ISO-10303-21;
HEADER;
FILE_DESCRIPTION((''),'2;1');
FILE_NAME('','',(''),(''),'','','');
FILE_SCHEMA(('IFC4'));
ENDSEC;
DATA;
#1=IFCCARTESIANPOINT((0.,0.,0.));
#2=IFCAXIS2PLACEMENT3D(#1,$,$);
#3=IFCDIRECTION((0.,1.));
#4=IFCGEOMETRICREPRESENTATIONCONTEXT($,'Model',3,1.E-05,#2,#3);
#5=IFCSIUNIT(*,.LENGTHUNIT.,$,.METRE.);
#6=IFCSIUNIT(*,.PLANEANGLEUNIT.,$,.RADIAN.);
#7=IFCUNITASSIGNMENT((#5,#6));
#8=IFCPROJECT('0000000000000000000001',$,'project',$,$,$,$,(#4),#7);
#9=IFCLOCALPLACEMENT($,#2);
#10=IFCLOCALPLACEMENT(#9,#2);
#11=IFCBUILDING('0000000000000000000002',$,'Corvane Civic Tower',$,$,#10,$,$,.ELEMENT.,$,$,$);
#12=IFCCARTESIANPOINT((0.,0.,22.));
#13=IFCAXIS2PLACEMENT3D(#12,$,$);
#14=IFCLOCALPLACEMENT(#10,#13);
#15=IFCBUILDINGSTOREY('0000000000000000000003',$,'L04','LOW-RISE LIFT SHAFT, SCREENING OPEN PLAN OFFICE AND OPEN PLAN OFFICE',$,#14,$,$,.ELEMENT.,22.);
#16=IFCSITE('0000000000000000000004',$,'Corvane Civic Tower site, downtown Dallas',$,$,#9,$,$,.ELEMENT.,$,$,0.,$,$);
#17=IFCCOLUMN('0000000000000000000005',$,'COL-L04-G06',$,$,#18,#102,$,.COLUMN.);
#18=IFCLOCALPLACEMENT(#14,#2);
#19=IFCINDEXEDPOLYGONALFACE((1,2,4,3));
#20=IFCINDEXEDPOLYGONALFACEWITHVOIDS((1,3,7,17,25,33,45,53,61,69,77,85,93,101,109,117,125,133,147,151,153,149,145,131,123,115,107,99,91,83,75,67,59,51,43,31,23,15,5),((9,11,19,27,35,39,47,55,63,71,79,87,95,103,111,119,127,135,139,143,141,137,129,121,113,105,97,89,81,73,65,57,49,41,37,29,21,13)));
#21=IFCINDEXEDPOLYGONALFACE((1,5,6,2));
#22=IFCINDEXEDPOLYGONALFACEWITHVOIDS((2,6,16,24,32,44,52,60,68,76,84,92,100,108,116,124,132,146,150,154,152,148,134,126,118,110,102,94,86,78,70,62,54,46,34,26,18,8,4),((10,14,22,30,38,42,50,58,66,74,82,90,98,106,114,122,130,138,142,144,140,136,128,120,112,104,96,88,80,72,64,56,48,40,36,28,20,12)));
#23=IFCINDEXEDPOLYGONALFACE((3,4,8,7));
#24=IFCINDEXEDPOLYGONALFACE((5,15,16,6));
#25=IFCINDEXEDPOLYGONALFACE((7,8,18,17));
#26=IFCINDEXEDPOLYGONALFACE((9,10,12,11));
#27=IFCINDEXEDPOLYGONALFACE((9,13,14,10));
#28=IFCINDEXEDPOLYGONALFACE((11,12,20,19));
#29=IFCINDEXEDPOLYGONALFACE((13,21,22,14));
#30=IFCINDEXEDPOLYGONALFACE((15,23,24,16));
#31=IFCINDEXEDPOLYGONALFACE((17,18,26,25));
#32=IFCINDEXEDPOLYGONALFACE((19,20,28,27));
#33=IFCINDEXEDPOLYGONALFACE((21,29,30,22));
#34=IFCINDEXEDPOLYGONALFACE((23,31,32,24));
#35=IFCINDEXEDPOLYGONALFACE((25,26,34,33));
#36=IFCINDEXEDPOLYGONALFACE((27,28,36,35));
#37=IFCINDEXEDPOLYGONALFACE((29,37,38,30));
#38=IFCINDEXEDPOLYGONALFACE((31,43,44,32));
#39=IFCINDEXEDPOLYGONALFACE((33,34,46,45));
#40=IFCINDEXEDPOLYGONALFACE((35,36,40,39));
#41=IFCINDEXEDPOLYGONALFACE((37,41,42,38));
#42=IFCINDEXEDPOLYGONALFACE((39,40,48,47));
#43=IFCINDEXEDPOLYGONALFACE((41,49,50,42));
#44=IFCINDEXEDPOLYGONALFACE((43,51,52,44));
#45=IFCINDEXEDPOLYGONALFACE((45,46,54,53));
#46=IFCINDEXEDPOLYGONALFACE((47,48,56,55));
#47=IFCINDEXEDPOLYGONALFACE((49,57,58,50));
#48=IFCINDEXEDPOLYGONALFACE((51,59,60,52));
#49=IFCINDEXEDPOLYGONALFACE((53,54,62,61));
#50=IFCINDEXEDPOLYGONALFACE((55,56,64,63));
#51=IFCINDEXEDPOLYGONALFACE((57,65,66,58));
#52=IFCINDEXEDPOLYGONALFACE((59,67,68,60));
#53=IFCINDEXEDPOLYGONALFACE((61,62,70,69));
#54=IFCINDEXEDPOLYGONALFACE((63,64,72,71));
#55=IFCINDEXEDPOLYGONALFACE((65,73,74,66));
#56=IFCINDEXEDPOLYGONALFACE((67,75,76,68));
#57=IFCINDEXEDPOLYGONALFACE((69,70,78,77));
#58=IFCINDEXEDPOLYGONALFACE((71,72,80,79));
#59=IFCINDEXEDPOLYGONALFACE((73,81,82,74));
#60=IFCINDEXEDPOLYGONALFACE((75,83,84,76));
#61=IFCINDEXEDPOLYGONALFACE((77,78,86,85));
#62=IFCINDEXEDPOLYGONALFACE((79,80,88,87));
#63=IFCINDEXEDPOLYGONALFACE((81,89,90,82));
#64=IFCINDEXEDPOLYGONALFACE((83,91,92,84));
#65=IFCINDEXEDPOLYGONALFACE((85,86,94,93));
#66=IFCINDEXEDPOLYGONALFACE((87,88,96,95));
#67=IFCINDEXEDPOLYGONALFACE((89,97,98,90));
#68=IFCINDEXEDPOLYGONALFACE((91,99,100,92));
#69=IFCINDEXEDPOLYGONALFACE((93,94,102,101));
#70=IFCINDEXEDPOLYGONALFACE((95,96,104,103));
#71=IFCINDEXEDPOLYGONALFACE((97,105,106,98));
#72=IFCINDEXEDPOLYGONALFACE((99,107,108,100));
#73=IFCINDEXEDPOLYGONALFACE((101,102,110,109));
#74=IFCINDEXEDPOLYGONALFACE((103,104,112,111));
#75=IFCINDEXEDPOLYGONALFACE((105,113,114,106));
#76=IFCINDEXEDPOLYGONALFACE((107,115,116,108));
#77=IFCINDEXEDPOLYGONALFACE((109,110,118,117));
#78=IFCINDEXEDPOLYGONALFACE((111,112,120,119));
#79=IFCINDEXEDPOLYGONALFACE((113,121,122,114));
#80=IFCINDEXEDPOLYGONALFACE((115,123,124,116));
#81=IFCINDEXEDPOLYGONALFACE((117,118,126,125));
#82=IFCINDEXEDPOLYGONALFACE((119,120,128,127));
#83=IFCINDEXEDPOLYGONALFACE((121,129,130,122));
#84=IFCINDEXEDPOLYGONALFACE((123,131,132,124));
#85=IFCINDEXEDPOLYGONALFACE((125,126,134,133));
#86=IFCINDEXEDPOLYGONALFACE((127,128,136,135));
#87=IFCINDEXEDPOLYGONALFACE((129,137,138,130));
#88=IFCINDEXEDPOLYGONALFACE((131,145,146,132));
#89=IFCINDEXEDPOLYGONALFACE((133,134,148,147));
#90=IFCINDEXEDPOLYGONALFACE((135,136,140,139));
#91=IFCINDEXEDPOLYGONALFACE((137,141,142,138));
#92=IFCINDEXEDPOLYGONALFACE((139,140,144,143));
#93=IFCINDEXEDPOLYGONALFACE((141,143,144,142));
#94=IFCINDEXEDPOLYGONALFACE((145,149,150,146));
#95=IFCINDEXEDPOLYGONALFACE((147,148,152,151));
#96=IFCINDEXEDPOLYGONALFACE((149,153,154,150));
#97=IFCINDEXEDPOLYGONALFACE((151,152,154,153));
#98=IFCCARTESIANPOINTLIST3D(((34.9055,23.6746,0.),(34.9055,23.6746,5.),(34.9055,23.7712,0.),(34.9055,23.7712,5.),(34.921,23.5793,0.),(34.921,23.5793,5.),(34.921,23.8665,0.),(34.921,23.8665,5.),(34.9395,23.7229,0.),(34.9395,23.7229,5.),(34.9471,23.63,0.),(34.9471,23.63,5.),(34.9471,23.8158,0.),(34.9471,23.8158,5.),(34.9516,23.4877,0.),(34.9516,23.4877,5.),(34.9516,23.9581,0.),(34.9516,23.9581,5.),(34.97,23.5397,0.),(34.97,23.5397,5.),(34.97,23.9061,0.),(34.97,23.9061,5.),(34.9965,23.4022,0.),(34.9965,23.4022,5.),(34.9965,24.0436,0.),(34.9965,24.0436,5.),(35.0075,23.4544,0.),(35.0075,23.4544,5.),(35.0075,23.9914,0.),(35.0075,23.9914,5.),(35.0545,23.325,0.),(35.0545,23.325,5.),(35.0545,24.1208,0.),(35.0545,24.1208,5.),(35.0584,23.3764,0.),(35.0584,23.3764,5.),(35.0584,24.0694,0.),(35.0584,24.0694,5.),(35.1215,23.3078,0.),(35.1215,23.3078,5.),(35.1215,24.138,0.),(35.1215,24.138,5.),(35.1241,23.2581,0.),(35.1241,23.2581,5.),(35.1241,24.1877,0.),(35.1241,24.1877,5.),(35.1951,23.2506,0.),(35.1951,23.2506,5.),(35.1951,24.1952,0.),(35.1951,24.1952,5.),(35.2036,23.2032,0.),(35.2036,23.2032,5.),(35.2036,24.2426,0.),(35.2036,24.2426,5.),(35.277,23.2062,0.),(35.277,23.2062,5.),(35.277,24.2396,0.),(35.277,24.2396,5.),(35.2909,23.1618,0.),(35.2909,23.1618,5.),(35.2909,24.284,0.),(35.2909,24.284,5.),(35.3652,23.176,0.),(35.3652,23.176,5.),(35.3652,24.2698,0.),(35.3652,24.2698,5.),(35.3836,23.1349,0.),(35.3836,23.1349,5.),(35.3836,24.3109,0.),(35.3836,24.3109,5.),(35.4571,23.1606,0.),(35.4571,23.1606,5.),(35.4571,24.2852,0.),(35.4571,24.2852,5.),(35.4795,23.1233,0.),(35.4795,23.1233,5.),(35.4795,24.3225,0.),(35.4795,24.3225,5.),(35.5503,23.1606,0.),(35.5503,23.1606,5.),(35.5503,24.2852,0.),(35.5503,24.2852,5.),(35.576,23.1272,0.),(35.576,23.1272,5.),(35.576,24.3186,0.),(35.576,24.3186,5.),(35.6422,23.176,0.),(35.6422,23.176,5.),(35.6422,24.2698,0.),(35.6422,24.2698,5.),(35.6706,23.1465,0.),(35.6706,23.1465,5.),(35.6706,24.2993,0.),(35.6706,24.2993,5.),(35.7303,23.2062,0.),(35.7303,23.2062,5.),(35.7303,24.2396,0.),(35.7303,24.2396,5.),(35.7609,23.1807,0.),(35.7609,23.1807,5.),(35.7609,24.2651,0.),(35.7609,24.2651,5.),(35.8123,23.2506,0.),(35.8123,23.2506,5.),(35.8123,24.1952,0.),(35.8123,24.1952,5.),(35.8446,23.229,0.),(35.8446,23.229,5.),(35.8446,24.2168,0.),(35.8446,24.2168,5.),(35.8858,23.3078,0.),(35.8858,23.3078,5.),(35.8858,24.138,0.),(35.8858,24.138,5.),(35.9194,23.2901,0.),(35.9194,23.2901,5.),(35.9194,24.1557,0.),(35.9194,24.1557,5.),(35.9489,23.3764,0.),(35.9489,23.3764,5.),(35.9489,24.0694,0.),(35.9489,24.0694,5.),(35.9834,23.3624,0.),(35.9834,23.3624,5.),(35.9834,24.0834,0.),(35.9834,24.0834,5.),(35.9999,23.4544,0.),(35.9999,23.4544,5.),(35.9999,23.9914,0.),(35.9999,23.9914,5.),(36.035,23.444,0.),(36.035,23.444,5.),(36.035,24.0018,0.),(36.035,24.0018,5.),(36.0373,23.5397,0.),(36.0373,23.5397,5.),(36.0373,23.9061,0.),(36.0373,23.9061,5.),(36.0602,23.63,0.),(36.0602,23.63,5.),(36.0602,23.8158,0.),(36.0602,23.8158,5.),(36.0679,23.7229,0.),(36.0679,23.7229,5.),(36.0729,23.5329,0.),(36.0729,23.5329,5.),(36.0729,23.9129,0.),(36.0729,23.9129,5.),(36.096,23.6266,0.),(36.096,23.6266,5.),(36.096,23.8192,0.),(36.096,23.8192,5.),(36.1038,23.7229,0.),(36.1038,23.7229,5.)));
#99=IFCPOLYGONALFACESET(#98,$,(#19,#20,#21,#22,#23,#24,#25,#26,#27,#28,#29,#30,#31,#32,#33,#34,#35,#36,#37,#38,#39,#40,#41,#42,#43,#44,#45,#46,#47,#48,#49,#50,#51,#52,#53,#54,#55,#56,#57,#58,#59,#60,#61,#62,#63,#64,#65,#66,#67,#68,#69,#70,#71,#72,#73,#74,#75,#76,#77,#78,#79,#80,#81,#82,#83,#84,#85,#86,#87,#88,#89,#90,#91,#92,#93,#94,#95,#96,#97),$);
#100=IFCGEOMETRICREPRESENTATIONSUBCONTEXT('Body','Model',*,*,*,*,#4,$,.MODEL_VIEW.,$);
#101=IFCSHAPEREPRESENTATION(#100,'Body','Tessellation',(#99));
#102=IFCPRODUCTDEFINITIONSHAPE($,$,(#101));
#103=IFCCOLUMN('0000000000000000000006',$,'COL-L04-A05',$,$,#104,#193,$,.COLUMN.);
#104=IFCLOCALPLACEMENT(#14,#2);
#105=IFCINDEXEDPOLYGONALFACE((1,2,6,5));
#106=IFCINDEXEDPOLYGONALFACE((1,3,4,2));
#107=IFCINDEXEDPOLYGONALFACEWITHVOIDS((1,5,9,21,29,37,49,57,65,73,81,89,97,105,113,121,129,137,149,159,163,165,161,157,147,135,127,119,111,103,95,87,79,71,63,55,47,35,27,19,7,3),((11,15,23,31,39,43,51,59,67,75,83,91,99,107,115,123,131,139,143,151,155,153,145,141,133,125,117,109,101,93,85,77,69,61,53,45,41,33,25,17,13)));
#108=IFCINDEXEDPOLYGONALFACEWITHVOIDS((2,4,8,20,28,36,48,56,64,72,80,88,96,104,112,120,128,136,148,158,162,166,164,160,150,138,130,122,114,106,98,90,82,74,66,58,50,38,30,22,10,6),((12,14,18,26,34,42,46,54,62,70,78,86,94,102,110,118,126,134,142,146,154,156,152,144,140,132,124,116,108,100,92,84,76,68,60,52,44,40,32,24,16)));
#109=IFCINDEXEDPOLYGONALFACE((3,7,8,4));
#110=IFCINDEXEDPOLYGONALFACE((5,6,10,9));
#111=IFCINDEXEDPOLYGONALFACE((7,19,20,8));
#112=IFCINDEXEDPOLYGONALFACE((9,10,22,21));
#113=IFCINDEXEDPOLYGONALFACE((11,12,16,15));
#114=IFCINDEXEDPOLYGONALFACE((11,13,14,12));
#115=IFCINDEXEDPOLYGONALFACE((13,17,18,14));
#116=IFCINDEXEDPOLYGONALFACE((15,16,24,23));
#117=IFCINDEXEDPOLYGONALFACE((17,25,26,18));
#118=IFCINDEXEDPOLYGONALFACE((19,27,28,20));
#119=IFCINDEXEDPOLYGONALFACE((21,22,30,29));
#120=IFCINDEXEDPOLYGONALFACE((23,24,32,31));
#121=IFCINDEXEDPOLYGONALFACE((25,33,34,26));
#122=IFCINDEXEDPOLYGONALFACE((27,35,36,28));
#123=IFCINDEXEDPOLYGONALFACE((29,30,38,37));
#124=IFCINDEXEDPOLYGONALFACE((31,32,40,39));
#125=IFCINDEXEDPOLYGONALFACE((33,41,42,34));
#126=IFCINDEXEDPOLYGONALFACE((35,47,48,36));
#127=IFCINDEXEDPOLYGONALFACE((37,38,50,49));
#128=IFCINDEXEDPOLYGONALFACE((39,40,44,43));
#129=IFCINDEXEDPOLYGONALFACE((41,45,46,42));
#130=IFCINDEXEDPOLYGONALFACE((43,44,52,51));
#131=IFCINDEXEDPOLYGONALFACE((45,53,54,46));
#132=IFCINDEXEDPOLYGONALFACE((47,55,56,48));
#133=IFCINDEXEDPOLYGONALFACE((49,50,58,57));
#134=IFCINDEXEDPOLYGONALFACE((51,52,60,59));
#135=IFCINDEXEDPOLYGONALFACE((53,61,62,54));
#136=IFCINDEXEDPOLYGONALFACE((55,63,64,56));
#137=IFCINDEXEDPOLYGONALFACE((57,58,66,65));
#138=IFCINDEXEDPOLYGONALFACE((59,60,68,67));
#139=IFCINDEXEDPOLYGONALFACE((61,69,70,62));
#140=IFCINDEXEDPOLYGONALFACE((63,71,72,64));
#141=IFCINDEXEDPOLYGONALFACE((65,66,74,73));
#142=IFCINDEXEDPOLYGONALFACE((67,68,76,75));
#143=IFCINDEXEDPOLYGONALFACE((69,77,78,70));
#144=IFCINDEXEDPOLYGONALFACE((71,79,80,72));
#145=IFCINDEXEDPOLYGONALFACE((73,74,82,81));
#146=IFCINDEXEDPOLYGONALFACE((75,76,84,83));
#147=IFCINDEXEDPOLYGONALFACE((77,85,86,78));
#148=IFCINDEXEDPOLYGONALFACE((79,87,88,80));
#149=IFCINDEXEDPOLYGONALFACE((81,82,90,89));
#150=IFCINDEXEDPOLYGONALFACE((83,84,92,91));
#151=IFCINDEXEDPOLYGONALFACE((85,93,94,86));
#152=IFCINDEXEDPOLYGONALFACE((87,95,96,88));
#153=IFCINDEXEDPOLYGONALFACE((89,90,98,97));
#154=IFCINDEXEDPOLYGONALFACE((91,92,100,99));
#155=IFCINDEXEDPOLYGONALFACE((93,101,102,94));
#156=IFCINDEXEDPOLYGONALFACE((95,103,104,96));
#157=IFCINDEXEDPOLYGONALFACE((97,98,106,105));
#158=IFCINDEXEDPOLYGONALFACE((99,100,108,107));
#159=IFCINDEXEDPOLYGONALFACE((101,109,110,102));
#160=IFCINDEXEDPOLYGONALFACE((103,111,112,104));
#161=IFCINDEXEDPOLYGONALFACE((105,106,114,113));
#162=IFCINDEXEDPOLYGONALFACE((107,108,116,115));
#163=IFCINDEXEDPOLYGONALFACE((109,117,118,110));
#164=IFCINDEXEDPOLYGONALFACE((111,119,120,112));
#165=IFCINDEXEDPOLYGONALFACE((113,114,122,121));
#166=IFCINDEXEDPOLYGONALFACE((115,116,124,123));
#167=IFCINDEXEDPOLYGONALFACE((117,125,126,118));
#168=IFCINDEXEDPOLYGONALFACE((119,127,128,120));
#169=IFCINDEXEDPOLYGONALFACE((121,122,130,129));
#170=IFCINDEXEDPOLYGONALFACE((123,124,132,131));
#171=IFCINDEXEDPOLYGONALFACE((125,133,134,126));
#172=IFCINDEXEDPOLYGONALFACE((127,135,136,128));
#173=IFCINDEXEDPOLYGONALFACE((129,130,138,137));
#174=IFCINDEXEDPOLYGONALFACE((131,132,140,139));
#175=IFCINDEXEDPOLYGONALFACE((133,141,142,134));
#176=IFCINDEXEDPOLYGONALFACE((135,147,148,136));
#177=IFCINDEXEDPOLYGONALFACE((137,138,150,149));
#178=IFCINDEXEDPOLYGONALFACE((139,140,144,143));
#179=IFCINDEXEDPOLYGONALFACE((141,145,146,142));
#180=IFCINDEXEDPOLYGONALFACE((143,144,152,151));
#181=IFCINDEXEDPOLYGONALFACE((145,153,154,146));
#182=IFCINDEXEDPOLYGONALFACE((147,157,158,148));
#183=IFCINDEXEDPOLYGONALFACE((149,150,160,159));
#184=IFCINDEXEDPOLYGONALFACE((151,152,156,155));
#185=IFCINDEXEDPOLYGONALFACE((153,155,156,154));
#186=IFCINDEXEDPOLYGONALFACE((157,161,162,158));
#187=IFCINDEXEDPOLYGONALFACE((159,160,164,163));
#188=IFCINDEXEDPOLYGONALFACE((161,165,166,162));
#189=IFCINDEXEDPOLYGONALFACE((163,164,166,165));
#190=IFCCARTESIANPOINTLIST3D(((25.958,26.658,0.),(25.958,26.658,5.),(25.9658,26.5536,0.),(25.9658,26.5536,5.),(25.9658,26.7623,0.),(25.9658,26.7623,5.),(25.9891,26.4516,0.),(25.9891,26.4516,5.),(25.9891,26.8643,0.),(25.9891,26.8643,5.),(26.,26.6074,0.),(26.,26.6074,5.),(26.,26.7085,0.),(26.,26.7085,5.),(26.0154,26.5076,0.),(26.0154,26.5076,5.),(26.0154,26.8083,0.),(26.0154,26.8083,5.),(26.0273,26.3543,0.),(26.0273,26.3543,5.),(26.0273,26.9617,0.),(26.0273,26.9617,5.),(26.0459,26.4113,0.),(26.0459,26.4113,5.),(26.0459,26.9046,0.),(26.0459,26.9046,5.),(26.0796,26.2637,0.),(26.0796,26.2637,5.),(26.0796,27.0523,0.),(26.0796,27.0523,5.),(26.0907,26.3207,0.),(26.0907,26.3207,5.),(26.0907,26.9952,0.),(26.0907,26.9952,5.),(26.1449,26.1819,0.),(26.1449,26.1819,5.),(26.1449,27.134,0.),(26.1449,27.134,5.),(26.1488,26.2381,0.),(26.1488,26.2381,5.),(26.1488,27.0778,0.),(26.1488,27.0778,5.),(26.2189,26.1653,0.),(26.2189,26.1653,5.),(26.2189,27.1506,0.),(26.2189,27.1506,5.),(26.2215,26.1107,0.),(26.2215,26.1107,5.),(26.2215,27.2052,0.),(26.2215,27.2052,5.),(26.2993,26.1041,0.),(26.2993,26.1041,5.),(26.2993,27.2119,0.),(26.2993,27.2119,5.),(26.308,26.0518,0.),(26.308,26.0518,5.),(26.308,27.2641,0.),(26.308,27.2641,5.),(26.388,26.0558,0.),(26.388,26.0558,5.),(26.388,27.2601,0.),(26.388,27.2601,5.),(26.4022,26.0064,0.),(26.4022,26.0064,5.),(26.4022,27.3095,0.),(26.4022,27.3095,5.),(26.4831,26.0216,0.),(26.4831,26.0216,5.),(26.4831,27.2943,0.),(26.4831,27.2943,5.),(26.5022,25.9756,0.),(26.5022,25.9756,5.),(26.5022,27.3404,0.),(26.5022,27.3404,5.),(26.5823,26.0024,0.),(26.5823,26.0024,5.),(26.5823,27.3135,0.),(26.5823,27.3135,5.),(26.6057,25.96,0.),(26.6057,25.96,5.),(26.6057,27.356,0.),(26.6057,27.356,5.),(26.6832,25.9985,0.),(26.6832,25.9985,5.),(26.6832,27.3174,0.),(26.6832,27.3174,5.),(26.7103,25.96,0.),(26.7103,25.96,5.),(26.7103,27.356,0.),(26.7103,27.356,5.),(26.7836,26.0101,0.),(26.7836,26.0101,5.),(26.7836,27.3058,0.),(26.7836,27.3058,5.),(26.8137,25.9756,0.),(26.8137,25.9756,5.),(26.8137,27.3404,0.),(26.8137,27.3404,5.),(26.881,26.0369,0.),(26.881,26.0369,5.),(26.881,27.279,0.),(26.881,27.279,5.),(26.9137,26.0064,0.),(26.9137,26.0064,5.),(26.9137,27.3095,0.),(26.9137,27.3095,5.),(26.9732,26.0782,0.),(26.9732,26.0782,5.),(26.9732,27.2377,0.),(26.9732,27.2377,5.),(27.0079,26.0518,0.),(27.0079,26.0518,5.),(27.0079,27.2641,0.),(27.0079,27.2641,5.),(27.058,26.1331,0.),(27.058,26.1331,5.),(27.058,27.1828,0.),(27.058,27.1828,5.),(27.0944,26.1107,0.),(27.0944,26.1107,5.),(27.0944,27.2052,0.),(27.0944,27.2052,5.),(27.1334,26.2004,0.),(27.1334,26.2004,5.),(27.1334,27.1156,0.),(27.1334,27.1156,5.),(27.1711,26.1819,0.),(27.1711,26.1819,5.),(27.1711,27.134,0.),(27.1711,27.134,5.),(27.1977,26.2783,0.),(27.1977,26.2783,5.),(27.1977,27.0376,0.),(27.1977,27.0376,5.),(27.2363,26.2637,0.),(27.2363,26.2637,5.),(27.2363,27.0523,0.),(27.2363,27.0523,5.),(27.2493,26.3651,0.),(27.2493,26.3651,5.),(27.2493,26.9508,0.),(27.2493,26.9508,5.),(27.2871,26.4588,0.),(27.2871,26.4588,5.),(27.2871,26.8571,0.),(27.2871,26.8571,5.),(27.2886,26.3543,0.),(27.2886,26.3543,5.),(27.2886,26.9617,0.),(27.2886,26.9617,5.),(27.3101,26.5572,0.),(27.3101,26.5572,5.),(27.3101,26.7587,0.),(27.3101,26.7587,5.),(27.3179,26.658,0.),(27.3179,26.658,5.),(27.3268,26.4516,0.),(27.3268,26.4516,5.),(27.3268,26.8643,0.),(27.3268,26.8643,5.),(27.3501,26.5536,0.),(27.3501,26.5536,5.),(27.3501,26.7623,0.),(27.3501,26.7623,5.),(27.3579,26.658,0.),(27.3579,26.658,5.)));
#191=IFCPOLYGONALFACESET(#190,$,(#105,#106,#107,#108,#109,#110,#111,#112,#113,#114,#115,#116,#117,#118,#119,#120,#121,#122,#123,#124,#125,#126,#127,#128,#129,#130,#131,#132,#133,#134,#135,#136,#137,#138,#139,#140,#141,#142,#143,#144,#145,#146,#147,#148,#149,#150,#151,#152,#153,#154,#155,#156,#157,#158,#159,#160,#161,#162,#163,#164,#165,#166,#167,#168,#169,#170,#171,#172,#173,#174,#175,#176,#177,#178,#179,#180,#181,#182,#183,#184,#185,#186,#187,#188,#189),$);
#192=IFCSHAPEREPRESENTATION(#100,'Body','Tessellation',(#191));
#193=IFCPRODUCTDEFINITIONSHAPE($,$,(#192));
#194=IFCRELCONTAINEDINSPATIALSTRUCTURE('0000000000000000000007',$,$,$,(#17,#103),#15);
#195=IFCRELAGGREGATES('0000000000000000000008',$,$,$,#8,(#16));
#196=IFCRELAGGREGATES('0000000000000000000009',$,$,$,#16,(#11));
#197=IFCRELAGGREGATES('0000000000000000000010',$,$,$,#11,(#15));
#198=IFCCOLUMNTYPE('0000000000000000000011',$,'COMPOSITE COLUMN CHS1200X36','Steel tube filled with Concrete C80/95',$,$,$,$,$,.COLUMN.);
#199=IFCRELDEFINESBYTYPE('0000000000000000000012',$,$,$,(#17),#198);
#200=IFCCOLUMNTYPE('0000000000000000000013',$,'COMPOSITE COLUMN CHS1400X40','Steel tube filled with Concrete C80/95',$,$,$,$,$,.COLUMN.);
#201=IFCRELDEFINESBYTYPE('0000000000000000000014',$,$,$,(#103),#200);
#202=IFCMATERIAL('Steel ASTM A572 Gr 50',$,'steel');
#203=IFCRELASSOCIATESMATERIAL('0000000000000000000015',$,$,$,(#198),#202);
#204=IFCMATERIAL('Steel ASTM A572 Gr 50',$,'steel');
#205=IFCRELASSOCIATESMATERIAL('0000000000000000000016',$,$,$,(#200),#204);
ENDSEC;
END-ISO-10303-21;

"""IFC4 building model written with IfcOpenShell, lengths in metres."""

from ifc_helpers import new_model, si_unit, direction, frame, origin, origin_2d, place, context, subcontext, project, spatial, hollow_circle, extrude, material, material_profile, profile_set, type_object, element, save


model = new_model("IFC4")

# Units and contexts
model_context = context("Model", 3, precision=1e-05, world=origin(), true_north=direction((0.0, 1.0)))
body_context = subcontext(model_context, "Body", "Model", "MODEL_VIEW")
ifc_project = project(units=[si_unit("LENGTHUNIT", "METRE"), si_unit("PLANEANGLEUNIT", "RADIAN")], contexts=[model_context])

# Site, building, storey
site_placement = place(None, origin())
site = spatial("IfcSite", under=ifc_project, at=site_placement, Name="Corvane Civic Tower site, downtown Dallas", CompositionType="ELEMENT", RefElevation=0.0)
building_placement = place(site_placement, origin())
building = spatial("IfcBuilding", under=site, at=building_placement, Name="Corvane Civic Tower", CompositionType="ELEMENT")
storey_placement = place(building_placement, frame((0.0, 0.0, 22.0)))
storey = spatial("IfcBuildingStorey", under=building, at=storey_placement, Name="L04", Description="LOW-RISE LIFT SHAFT, SCREENING OPEN PLAN OFFICE AND OPEN PLAN OFFICE", CompositionType="ELEMENT", Elevation=22.0)

# Columns
ifc_material_1 = material(Name="Steel ASTM A572 Gr 50", Category="steel")
ifc_material_profile_1 = material_profile(ifc_material_1, hollow_circle(Radius=0.6001, WallThickness=0.0359, at=origin_2d()), Name="CHS1200X36")
ifc_profile_set_1 = profile_set([ifc_material_profile_1], Name="Steel ASTM A572 Gr 50")
column_type_1 = type_object("IfcColumnType", Name="COMPOSITE COLUMN CHS1200X36", Description="Steel tube filled with Concrete C80/95", PredefinedType="COLUMN", material=ifc_profile_set_1)
for number, where, z_axis, x_axis, name in (
    (1, (35.5037, 23.7229, 0.0), (0.0, 0.0, 1.0), (1.0, 0.0, 0.0), "COL-L04-G06"),
):
    element("IfcColumn", number, at=place(storey_placement, frame(where, z_axis=z_axis, x_axis=x_axis)), inside=storey, type_object=column_type_1, Name=name, PredefinedType="COLUMN", context=body_context, shape_type="SweptSolid", body=[
        extrude(hollow_circle(Radius=0.6001, WallThickness=0.0359, at=origin_2d()), origin(), (0.0, 0.0, 1.0), 5.0),
    ])
ifc_material_2 = material(Name="Steel ASTM A572 Gr 50", Category="steel")
ifc_material_profile_2 = material_profile(ifc_material_2, hollow_circle(Radius=0.7, WallThickness=0.04, at=origin_2d()), Name="CHS1400X40")
ifc_profile_set_2 = profile_set([ifc_material_profile_2], Name="Steel ASTM A572 Gr 50")
column_type_2 = type_object("IfcColumnType", Name="COMPOSITE COLUMN CHS1400X40", Description="Steel tube filled with Concrete C80/95", PredefinedType="COLUMN", material=ifc_profile_set_2)
for number, where, z_axis, x_axis, name in (
    (2, (26.658, 26.658, 0.0), (0.0, 0.0, 1.0), (1.0, 0.0, 0.0), "COL-L04-A05"),
):
    element("IfcColumn", number, at=place(storey_placement, frame(where, z_axis=z_axis, x_axis=x_axis)), inside=storey, type_object=column_type_2, Name=name, PredefinedType="COLUMN", context=body_context, shape_type="SweptSolid", body=[
        extrude(hollow_circle(Radius=0.7, WallThickness=0.04, at=origin_2d()), origin(), (0.0, 0.0, 1.0), 5.0),
    ])

save(model, "model.ifc")
